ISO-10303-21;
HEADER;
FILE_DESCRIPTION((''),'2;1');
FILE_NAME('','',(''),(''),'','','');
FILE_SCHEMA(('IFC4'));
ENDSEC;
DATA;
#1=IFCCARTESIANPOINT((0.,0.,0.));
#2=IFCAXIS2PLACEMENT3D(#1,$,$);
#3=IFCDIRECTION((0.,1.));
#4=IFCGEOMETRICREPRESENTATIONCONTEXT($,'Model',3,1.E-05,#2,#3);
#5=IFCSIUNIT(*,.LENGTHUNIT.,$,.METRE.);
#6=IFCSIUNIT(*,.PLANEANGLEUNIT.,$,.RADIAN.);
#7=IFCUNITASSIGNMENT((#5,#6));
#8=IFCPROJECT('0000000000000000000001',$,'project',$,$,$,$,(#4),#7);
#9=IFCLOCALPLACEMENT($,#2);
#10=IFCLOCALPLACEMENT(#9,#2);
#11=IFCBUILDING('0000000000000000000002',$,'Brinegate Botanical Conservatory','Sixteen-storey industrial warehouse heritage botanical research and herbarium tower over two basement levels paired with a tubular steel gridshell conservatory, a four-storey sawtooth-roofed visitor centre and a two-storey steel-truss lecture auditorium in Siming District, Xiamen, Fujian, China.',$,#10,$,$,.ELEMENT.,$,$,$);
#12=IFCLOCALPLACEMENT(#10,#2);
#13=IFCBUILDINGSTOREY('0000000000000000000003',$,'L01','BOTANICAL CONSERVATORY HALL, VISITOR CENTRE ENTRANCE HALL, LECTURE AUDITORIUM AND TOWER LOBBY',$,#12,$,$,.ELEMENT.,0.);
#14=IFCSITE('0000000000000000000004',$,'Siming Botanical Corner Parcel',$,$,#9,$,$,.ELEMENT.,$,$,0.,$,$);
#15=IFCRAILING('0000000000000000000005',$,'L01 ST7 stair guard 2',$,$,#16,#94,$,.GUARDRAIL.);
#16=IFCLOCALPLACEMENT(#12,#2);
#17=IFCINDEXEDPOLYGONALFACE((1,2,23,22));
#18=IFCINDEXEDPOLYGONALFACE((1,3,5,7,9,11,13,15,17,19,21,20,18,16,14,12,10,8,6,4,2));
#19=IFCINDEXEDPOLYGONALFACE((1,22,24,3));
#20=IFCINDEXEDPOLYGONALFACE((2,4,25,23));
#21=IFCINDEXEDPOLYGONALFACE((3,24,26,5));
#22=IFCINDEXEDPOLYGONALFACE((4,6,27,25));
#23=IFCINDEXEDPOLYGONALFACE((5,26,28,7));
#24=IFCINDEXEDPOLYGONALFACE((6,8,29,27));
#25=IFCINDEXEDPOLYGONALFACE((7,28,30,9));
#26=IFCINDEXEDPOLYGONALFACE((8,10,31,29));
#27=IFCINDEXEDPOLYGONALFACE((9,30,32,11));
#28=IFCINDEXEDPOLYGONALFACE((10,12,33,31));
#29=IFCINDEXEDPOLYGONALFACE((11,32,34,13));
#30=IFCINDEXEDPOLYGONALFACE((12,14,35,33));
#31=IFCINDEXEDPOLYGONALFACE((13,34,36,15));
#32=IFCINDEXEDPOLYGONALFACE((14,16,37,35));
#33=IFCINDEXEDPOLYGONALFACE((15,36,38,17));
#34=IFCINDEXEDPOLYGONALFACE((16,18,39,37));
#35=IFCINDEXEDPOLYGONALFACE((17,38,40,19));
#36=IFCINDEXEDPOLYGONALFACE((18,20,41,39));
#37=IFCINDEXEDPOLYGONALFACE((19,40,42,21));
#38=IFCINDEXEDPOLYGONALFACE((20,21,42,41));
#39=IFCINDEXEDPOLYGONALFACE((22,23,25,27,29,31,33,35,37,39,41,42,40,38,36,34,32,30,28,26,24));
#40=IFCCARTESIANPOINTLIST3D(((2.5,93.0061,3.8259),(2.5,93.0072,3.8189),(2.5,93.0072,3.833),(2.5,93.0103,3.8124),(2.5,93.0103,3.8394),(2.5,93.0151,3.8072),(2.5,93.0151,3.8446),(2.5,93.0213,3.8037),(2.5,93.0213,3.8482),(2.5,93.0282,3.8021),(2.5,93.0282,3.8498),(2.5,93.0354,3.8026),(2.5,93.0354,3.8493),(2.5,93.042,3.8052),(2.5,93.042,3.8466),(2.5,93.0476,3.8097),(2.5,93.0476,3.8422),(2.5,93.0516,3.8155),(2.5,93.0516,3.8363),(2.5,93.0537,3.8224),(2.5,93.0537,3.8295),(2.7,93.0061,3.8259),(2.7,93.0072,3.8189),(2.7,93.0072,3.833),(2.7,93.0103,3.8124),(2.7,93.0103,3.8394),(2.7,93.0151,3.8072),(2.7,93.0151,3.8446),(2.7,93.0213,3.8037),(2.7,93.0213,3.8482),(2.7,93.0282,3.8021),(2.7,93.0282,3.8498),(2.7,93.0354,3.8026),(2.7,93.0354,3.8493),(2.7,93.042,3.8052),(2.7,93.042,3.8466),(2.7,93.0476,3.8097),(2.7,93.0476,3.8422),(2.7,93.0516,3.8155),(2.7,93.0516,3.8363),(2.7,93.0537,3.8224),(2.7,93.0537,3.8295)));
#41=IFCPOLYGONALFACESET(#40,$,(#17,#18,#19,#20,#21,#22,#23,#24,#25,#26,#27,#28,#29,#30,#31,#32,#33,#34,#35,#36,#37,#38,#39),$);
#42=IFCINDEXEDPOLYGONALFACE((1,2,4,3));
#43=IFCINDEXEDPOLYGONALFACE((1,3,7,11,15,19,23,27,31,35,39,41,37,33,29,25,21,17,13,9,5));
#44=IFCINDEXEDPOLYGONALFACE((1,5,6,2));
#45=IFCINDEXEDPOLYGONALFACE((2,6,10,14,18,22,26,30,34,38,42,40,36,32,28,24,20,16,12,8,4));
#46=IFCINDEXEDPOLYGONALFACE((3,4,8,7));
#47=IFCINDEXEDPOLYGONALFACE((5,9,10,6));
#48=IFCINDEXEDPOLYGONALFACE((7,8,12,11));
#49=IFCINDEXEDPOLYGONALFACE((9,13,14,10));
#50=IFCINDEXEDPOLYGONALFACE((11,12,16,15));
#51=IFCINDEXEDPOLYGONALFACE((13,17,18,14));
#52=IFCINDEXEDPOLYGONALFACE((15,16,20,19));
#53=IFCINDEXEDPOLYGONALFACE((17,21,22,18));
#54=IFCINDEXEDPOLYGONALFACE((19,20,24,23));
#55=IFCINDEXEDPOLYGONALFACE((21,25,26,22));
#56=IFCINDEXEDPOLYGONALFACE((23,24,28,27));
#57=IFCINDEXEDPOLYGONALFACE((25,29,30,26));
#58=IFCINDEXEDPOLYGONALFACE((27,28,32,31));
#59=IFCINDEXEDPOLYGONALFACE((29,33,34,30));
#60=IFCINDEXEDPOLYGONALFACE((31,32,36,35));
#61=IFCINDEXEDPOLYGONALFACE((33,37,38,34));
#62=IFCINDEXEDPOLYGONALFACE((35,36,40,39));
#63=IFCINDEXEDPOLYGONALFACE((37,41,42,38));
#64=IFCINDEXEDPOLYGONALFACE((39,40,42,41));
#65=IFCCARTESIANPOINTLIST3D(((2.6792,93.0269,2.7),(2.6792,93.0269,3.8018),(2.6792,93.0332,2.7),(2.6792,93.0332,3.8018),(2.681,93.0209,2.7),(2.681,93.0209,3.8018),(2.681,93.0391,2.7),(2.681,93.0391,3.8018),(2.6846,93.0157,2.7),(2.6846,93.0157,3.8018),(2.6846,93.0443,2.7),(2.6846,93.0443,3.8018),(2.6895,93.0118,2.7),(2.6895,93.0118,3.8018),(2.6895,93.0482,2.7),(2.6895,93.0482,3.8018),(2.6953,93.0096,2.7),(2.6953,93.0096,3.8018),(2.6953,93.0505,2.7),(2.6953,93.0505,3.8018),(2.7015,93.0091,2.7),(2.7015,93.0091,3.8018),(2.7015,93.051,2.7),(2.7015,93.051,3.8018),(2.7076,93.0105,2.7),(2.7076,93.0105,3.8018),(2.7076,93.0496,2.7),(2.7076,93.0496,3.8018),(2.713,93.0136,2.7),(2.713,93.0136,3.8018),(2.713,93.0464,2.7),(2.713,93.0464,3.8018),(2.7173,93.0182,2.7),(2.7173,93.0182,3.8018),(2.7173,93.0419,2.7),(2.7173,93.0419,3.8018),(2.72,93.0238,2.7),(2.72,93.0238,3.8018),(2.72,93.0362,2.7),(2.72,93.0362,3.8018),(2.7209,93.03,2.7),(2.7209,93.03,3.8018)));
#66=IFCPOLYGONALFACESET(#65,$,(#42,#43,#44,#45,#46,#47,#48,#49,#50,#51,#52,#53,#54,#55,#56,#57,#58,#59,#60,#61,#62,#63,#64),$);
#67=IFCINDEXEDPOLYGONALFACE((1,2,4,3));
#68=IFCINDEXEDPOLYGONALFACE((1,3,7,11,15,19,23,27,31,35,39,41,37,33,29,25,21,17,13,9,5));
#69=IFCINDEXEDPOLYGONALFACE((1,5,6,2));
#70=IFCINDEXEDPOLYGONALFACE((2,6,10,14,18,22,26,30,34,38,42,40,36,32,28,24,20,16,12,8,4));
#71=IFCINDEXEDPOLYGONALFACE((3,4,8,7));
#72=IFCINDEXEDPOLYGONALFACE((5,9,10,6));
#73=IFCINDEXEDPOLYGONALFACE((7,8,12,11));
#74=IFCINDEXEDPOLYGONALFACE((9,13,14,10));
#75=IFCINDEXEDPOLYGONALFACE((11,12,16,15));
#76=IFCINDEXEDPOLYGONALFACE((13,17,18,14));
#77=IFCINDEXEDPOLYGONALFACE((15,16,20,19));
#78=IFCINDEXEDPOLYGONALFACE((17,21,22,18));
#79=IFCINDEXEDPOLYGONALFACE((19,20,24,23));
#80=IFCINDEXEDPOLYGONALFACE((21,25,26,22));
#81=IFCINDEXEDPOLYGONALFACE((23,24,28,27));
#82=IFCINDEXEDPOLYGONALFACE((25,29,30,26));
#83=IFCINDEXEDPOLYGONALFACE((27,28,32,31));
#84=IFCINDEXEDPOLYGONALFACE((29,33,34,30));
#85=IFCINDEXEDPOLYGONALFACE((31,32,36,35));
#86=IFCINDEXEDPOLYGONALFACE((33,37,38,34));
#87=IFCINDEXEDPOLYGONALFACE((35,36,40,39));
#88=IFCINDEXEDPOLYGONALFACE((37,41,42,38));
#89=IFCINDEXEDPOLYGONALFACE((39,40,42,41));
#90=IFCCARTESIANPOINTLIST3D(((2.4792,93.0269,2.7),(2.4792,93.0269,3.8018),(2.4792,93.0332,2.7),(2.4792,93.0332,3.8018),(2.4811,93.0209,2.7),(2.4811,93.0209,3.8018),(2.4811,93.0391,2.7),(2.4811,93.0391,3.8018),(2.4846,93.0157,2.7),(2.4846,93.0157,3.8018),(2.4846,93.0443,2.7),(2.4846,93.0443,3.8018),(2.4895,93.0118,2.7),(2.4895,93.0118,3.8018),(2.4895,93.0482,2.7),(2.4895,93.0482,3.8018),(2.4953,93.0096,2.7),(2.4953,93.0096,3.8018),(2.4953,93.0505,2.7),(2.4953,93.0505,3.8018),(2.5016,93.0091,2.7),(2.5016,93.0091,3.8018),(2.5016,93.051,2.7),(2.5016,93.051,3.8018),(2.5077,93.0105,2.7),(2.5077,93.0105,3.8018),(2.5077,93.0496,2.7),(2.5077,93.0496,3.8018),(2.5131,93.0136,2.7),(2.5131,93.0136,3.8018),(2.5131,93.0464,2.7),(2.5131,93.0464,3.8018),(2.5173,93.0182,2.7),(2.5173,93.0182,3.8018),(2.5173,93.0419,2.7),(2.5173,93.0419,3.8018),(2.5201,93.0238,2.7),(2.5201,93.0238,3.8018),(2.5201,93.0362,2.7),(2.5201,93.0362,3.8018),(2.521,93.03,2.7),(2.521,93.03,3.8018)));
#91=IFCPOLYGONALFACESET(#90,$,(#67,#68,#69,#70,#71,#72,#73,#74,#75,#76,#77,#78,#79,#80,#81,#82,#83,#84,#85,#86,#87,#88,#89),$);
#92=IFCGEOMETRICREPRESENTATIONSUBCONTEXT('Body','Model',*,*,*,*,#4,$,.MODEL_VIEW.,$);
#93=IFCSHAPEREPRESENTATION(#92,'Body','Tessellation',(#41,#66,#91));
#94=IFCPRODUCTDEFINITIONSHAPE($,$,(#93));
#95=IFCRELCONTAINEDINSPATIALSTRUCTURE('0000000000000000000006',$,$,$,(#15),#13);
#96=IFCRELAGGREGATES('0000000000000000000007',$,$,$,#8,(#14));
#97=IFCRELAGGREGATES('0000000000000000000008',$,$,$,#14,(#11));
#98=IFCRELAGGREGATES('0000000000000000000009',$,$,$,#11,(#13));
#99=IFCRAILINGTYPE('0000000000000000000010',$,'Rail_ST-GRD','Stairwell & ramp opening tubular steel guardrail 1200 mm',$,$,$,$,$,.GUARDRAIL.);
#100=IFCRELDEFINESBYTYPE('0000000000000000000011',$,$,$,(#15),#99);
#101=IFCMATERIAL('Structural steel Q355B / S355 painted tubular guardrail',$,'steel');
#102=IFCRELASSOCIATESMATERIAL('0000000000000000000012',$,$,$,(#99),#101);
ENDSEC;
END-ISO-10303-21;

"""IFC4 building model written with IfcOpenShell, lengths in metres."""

from ifc_helpers import new_model, si_unit, direction, frame, origin, origin_2d, place, context, subcontext, project, spatial, circle, extrude, material, type_object, element, save


model = new_model("IFC4")

# Units and contexts
model_context = context("Model", 3, precision=1e-05, world=origin(), true_north=direction((0.0, 1.0)))
body_context = subcontext(model_context, "Body", "Model", "MODEL_VIEW")
ifc_project = project(units=[si_unit("LENGTHUNIT", "METRE"), si_unit("PLANEANGLEUNIT", "RADIAN")], contexts=[model_context])

# Site, building, storey
site_placement = place(None, origin())
site = spatial("IfcSite", under=ifc_project, at=site_placement, Name="Siming Botanical Corner Parcel", CompositionType="ELEMENT", RefElevation=0.0)
building_placement = place(site_placement, origin())
building = spatial("IfcBuilding", under=site, at=building_placement, Name="Brinegate Botanical Conservatory", Description="Sixteen-storey industrial warehouse heritage botanical research and herbarium tower over two basement levels paired with a tubular steel gridshell conservatory, a four-storey sawtooth-roofed visitor centre and a two-storey steel-truss lecture auditorium in Siming District, Xiamen, Fujian, China.", CompositionType="ELEMENT")
storey_placement = place(building_placement, origin())
storey = spatial("IfcBuildingStorey", under=building, at=storey_placement, Name="L01", Description="BOTANICAL CONSERVATORY HALL, VISITOR CENTRE ENTRANCE HALL, LECTURE AUDITORIUM AND TOWER LOBBY", CompositionType="ELEMENT", Elevation=0.0)

# Railing
ifc_material_1 = material(Name="Structural steel Q355B / S355 painted tubular guardrail", Category="steel")
railing_type_1 = type_object("IfcRailingType", Name="Rail_ST-GRD", Description="Stairwell & ramp opening tubular steel guardrail 1200 mm", PredefinedType="GUARDRAIL", material=ifc_material_1)
railing_1_placement = place(storey_placement, frame((2.7, 93.03, 2.7)))
element("IfcRailing", 1, at=railing_1_placement, inside=storey, type_object=railing_type_1, Name="L01 ST7 stair guard 2", PredefinedType="GUARDRAIL", context=body_context, shape_type="SweptSolid", body=[
    extrude(circle(Radius=0.0239, at=origin_2d()), frame((0.0, 0.0, 1.126), z_axis=(-1.0, 0.0, 0.0), x_axis=(0.0, -1.0, 0.0)), (0.0, 0.0, 1.0), 0.2),
    extrude(circle(Radius=0.021, at=origin_2d()), origin(), (0.0, 0.0, 1.0), 1.1018),
    extrude(circle(Radius=0.021, at=origin_2d()), frame((-0.2, 0.0, 0.0)), (0.0, 0.0, 1.0), 1.1018),
])

save(model, "model.ifc")
